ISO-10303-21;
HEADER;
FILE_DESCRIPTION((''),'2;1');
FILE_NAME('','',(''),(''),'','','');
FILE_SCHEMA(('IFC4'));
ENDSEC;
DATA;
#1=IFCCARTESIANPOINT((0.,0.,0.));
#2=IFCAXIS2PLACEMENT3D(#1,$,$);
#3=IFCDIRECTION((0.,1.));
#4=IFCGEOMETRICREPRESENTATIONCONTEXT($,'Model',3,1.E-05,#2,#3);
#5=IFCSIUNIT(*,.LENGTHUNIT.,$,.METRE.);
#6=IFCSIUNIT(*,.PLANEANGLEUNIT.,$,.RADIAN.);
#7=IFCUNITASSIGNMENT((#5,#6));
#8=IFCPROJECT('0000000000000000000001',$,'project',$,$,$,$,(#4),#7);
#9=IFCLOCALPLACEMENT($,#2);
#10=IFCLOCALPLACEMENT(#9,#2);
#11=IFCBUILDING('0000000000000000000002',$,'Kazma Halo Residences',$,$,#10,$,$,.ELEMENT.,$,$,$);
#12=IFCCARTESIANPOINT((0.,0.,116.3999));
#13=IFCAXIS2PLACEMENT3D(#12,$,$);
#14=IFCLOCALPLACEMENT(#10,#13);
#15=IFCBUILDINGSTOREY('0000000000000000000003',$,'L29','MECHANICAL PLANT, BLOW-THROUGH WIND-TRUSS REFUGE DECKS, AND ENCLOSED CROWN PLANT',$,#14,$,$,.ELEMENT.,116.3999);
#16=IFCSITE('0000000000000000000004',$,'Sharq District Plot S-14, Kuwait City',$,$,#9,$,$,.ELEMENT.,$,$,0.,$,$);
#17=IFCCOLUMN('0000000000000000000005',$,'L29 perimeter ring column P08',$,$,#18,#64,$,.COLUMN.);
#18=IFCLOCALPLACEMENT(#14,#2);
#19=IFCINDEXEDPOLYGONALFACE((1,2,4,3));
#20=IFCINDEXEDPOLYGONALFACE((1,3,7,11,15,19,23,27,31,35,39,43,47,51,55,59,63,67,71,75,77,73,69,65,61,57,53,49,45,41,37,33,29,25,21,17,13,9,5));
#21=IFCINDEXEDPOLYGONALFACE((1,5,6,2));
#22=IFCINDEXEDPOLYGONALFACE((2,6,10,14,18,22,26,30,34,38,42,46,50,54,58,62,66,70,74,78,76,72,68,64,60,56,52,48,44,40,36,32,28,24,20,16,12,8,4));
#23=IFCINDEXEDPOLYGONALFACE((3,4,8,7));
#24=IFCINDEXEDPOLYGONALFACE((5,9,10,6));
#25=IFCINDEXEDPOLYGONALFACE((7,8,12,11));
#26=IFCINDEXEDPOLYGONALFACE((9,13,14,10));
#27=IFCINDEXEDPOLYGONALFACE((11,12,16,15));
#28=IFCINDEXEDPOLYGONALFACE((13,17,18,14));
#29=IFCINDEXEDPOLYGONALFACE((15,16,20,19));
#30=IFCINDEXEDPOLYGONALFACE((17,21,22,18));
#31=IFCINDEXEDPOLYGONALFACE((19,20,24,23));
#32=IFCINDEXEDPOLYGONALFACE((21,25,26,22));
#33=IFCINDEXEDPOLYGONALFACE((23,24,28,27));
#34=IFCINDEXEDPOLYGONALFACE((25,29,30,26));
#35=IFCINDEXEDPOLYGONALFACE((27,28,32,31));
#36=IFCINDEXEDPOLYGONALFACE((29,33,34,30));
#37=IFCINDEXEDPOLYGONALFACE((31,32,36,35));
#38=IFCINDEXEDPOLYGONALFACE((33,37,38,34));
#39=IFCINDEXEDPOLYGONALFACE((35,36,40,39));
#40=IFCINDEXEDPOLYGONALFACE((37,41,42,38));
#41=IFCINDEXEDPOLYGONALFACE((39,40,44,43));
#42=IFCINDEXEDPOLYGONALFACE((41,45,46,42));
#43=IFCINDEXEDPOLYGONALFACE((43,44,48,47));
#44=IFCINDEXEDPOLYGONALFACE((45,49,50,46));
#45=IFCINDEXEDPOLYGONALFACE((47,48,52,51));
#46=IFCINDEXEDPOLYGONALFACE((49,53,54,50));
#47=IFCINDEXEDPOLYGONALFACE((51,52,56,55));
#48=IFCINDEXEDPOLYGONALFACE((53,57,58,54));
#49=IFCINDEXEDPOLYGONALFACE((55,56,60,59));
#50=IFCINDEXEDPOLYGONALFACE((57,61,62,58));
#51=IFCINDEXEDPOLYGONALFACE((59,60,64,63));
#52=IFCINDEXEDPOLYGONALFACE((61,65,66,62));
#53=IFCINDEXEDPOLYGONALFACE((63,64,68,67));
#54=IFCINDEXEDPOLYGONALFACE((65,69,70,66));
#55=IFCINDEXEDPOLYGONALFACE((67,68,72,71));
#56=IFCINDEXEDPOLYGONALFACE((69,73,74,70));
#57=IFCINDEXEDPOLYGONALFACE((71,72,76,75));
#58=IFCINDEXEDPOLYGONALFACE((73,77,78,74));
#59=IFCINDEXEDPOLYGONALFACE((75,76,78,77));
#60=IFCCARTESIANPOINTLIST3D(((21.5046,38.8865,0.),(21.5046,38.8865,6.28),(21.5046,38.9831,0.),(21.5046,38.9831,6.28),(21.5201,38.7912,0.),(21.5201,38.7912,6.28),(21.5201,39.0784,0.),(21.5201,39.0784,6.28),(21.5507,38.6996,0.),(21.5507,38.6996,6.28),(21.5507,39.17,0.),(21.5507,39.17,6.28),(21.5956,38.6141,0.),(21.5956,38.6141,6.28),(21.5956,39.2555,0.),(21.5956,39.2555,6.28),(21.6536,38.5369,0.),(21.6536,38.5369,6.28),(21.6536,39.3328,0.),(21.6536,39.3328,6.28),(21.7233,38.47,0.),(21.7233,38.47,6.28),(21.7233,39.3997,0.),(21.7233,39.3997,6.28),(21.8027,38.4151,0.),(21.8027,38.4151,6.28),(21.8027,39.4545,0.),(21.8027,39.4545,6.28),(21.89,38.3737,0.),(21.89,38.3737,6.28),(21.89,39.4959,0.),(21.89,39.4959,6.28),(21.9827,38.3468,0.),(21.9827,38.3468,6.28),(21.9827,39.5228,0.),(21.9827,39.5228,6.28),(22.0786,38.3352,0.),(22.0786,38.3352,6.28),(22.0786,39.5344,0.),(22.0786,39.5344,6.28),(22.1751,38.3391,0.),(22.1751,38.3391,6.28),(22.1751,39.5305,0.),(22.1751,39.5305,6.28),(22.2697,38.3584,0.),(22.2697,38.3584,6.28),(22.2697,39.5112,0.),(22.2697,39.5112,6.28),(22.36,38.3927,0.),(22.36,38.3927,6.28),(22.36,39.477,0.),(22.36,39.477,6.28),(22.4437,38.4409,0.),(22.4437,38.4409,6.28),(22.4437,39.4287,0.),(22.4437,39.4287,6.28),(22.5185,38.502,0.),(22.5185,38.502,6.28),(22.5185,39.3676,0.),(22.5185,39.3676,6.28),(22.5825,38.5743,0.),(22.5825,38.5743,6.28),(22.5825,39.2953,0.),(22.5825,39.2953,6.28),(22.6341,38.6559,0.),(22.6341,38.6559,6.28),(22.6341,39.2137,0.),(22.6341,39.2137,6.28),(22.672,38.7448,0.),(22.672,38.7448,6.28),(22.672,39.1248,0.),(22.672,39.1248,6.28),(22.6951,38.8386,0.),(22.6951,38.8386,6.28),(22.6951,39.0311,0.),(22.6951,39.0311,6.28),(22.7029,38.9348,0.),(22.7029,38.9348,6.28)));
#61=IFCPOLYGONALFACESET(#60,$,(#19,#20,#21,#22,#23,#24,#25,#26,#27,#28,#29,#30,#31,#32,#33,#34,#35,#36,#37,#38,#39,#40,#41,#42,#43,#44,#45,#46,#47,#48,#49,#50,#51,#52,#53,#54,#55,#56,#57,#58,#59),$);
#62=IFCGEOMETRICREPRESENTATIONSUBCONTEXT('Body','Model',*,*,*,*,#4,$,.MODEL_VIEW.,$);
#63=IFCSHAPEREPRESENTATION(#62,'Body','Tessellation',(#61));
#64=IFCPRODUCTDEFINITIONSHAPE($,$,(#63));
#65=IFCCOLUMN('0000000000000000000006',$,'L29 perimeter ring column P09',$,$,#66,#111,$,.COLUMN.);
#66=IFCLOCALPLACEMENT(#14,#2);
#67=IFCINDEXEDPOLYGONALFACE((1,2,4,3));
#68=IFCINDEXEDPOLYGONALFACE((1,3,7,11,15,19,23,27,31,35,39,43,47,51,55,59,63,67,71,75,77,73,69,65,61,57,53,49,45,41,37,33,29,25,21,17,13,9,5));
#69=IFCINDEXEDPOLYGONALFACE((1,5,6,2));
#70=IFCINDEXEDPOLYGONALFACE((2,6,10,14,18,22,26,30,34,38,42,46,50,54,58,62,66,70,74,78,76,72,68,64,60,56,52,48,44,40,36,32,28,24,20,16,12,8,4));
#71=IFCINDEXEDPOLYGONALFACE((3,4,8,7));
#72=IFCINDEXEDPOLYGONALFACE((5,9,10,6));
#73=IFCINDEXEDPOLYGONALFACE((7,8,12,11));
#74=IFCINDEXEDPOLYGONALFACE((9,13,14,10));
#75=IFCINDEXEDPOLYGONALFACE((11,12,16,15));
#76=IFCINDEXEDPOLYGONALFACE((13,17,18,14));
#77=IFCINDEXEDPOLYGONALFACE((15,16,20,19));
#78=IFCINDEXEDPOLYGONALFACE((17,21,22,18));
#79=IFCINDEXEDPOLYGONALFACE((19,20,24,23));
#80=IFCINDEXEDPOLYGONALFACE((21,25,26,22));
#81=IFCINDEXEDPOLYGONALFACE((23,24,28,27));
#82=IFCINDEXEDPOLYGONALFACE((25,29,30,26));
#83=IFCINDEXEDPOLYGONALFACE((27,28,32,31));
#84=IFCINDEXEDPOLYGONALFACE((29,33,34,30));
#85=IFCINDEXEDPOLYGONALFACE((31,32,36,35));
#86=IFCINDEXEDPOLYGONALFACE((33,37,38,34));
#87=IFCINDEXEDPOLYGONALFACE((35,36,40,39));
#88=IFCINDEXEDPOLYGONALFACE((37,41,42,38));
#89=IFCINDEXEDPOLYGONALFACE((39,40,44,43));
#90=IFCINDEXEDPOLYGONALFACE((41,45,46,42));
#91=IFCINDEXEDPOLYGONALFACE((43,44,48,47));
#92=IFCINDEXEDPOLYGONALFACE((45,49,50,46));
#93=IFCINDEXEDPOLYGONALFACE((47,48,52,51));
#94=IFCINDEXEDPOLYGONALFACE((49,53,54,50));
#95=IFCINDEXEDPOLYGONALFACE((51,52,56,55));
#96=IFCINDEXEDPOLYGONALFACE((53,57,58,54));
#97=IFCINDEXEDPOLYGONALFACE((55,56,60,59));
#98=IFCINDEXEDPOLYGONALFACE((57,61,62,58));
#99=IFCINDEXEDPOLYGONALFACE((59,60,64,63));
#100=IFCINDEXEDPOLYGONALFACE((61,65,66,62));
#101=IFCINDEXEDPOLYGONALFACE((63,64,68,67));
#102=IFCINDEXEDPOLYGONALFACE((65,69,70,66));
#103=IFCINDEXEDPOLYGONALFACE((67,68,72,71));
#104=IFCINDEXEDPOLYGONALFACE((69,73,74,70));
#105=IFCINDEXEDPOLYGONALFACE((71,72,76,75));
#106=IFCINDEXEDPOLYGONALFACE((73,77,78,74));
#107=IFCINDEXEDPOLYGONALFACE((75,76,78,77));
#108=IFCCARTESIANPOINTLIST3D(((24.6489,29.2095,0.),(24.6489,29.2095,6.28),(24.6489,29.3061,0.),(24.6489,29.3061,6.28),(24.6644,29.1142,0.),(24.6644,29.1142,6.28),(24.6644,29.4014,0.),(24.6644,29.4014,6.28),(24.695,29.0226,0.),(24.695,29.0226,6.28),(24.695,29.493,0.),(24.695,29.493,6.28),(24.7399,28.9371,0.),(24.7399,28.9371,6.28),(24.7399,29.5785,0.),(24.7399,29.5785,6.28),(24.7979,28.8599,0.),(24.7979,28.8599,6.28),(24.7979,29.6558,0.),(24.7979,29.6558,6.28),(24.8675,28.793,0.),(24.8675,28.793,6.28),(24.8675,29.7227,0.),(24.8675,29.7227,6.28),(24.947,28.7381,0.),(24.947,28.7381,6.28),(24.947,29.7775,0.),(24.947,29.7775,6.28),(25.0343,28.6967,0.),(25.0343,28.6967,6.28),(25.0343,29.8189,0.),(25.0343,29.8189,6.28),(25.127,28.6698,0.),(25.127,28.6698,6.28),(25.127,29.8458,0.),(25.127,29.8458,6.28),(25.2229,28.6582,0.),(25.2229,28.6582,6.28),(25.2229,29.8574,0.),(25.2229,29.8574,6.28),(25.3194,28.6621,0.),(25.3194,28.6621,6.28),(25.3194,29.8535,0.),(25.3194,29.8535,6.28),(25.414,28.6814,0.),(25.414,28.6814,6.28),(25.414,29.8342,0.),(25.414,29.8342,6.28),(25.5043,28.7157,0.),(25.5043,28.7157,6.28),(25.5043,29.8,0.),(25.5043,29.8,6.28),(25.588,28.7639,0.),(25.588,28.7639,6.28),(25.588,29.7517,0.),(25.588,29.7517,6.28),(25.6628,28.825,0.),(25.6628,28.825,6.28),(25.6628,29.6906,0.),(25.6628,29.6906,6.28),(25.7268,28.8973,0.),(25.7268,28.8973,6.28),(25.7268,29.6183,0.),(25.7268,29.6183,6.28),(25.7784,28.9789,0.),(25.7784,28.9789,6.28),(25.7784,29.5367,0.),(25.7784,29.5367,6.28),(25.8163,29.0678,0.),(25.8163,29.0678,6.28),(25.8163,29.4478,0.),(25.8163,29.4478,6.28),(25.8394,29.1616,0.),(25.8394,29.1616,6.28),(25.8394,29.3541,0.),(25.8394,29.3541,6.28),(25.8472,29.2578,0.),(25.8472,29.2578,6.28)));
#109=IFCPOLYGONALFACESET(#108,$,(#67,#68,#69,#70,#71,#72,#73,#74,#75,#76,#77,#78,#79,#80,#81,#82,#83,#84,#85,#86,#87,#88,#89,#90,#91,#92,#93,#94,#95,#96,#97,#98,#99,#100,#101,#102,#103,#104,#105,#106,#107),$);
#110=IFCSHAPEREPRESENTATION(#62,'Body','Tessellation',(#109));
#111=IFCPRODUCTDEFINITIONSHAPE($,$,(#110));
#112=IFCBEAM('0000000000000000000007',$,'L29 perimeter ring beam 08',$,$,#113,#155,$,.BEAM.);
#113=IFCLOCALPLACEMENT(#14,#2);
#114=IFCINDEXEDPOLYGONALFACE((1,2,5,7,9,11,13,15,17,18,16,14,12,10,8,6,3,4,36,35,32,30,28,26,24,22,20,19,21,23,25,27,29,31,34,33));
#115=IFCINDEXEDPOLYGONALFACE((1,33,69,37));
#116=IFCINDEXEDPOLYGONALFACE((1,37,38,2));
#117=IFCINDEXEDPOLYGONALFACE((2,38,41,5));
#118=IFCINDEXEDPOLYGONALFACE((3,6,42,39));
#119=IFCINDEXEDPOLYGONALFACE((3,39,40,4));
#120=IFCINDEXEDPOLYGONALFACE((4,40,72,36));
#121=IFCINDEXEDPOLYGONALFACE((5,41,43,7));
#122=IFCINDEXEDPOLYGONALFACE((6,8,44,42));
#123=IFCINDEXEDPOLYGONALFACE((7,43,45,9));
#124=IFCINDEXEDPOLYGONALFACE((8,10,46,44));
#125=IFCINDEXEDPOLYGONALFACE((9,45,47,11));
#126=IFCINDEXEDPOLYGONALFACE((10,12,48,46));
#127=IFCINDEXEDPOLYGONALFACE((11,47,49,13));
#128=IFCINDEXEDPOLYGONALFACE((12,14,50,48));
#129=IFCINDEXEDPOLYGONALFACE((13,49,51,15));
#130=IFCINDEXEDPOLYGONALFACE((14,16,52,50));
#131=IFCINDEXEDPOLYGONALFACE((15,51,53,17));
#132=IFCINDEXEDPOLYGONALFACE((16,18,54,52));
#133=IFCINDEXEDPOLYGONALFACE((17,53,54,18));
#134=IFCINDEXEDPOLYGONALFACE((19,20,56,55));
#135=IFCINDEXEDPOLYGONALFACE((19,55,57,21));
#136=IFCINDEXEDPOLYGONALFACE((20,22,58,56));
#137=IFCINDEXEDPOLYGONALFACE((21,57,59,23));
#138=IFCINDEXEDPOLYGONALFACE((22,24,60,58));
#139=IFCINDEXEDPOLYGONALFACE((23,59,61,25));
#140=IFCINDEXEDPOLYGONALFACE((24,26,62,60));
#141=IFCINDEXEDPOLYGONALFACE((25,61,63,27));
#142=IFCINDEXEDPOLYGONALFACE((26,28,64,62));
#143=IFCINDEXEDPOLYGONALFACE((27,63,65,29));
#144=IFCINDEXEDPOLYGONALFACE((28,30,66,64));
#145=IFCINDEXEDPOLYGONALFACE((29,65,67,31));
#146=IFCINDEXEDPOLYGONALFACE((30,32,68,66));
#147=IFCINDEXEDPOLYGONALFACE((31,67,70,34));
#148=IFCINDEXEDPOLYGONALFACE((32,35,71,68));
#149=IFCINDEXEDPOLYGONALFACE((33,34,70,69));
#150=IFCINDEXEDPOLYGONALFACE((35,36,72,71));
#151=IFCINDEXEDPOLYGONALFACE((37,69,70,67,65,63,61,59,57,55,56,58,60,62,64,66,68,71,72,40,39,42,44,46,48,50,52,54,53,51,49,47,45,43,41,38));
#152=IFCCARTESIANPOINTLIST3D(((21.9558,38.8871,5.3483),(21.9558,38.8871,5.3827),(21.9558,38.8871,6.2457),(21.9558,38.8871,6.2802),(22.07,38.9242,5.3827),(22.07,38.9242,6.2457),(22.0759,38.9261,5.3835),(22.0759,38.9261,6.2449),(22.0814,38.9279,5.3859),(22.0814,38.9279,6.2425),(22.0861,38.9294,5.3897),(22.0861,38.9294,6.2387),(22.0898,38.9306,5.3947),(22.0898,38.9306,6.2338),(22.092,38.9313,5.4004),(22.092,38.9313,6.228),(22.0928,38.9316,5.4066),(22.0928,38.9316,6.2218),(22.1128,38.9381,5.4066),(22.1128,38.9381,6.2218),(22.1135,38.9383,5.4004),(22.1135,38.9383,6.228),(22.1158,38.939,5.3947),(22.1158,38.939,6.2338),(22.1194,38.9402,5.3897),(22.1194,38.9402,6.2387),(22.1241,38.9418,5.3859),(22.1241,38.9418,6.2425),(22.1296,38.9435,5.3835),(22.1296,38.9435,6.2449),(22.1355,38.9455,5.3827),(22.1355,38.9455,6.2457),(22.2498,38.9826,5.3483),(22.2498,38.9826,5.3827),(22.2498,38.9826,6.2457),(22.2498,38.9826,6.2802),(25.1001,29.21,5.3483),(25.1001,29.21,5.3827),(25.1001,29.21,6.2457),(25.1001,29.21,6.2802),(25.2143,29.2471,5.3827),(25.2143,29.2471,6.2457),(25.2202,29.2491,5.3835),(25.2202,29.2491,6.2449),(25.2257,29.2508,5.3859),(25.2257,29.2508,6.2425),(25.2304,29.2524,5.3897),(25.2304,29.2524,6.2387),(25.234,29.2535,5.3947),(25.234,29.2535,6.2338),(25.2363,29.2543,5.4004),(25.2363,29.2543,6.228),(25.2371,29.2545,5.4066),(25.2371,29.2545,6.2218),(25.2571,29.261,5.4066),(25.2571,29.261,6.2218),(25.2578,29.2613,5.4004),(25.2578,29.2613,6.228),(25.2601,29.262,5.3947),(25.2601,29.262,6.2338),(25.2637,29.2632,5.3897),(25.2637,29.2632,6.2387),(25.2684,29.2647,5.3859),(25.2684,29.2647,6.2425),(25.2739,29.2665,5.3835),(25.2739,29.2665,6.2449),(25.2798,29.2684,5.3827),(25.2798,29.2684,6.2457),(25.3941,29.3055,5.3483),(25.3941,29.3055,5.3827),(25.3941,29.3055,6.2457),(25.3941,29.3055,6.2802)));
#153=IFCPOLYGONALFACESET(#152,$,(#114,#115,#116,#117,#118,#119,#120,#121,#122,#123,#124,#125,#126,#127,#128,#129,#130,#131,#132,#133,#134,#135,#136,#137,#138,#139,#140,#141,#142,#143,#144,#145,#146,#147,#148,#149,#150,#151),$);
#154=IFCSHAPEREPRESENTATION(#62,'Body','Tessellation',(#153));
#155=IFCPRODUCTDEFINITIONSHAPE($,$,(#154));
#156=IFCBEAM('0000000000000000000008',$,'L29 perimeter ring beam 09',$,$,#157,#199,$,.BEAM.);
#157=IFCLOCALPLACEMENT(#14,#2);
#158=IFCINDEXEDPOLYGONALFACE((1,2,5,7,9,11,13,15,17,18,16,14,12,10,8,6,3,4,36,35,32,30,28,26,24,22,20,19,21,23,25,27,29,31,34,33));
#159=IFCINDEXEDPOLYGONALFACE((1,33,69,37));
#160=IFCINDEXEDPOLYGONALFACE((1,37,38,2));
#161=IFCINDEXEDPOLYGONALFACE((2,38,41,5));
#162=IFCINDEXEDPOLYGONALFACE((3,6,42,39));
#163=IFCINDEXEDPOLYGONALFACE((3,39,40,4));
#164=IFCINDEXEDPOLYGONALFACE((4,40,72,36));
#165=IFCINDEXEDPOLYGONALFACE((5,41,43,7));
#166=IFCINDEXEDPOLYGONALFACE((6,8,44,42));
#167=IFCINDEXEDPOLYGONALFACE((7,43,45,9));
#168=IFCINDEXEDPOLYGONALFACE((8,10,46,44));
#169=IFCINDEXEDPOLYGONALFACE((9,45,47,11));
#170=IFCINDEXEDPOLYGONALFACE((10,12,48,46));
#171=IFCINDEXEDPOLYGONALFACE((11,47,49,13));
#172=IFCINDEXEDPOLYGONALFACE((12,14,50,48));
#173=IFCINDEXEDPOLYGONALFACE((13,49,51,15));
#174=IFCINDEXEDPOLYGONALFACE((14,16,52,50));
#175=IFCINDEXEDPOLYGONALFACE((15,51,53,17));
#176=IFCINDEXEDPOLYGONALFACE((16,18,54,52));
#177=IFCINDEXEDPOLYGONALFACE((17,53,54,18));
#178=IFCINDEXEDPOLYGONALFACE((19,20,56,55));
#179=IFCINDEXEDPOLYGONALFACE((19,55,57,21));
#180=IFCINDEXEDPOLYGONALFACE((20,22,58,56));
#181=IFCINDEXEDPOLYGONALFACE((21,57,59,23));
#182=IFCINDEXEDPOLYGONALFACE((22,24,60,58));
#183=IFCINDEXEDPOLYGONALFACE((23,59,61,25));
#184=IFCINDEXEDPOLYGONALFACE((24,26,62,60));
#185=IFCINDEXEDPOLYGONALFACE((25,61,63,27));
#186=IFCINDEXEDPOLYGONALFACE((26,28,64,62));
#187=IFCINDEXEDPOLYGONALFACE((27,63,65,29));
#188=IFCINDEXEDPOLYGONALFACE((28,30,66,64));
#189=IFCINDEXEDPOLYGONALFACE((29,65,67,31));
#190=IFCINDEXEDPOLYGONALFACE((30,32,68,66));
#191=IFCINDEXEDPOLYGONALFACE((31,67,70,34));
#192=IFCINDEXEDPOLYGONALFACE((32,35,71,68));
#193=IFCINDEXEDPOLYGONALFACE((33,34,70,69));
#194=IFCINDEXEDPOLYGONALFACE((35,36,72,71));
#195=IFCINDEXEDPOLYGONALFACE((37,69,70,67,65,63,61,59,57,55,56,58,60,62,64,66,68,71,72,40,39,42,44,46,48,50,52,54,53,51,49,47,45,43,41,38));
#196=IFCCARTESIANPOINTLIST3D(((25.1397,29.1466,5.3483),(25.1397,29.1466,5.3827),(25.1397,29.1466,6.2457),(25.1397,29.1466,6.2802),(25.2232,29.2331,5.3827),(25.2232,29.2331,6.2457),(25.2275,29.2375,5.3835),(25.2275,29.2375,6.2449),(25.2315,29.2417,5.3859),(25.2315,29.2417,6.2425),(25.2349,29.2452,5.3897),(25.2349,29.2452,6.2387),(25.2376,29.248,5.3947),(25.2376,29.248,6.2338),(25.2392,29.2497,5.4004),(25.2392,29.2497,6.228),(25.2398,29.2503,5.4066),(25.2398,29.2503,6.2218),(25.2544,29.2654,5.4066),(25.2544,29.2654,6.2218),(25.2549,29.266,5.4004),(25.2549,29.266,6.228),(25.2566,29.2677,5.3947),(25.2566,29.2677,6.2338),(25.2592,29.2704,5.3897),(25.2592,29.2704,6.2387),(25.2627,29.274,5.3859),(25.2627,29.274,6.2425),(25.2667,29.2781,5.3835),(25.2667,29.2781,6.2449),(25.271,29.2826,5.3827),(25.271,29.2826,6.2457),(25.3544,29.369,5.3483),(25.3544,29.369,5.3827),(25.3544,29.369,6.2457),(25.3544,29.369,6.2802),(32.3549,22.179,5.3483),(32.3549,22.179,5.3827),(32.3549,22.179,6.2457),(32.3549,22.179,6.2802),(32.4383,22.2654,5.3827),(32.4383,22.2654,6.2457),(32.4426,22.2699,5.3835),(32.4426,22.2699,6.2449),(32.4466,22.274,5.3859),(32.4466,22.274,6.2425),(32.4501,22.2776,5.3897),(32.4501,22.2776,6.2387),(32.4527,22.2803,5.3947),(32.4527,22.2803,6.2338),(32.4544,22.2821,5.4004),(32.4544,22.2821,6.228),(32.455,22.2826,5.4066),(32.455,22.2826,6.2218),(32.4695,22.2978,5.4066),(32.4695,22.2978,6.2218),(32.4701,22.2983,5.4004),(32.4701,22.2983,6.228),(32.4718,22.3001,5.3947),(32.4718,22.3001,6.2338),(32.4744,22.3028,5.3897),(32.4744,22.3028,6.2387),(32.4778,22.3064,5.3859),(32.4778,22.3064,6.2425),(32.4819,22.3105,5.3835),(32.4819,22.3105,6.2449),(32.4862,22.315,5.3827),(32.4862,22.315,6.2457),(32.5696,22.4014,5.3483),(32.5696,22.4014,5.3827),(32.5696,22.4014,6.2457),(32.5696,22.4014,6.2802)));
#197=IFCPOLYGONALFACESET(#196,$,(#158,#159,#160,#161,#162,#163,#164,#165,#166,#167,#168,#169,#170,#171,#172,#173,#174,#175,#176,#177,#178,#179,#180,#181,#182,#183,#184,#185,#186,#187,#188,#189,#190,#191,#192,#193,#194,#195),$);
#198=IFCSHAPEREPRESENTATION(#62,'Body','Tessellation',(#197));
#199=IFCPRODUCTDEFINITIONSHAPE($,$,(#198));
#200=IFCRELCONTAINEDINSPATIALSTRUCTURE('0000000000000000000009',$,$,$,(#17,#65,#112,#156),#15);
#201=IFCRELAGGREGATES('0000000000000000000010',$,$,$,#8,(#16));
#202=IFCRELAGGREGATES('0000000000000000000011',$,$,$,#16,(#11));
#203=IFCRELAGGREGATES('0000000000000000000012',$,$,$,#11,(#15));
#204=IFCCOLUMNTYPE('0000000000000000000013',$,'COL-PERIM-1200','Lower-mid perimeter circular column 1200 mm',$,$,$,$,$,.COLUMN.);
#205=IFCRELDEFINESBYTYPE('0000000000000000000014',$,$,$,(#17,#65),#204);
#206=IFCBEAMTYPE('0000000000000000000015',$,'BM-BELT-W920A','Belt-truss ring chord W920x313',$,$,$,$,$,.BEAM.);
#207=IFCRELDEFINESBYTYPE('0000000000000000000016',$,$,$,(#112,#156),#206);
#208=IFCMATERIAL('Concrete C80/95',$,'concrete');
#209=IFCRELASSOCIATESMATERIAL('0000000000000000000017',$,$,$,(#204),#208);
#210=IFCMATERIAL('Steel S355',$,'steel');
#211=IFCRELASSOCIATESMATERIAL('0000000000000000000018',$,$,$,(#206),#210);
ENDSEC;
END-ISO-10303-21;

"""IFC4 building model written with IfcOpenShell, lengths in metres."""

from ifc_helpers import new_model, si_unit, direction, frame, origin, origin_2d, place, context, subcontext, project, spatial, circle, i_section, extrude, material, material_profile, profile_set, type_object, element, save


model = new_model("IFC4")

# Units and contexts
model_context = context("Model", 3, precision=1e-05, world=origin(), true_north=direction((0.0, 1.0)))
body_context = subcontext(model_context, "Body", "Model", "MODEL_VIEW")
ifc_project = project(units=[si_unit("LENGTHUNIT", "METRE"), si_unit("PLANEANGLEUNIT", "RADIAN")], contexts=[model_context])

# Site, building, storey
site_placement = place(None, origin())
site = spatial("IfcSite", under=ifc_project, at=site_placement, Name="Sharq District Plot S-14, Kuwait City", CompositionType="ELEMENT", RefElevation=0.0)
building_placement = place(site_placement, origin())
building = spatial("IfcBuilding", under=site, at=building_placement, Name="Kazma Halo Residences", CompositionType="ELEMENT")
storey_placement = place(building_placement, frame((0.0, 0.0, 116.3999)))
storey = spatial("IfcBuildingStorey", under=building, at=storey_placement, Name="L29", Description="MECHANICAL PLANT, BLOW-THROUGH WIND-TRUSS REFUGE DECKS, AND ENCLOSED CROWN PLANT", CompositionType="ELEMENT", Elevation=116.3999)

# Columns
ifc_material_1 = material(Name="Concrete C80/95", Category="concrete")
ifc_material_profile_1 = material_profile(ifc_material_1, circle(Radius=0.6001, at=origin_2d()), Name="CIRC1200")
ifc_profile_set_1 = profile_set([ifc_material_profile_1], Name="Concrete C80/95")
column_type = type_object("IfcColumnType", Name="COL-PERIM-1200", Description="Lower-mid perimeter circular column 1200 mm", PredefinedType="COLUMN", material=ifc_profile_set_1)
for number, where, z_axis, x_axis, name in (
    (1, (22.1028, 38.9348, 0.0), (0.0, 0.0, 1.0), (1.0, 0.0, 0.0), "L29 perimeter ring column P08"),
    (2, (25.2471, 29.2578, 0.0), (0.0, 0.0, 1.0), (1.0, 0.0, 0.0), "L29 perimeter ring column P09"),
):
    element("IfcColumn", number, at=place(storey_placement, frame(where, z_axis=z_axis, x_axis=x_axis)), inside=storey, type_object=column_type, Name=name, PredefinedType="COLUMN", context=body_context, shape_type="SweptSolid", body=[
        extrude(circle(Radius=0.6001, at=origin_2d()), origin(), (0.0, 0.0, 1.0), 6.28),
    ])

# Beams
ifc_material_2 = material(Name="Steel S355", Category="steel")
ifc_material_profile_2 = material_profile(ifc_material_2, i_section(OverallWidth=0.3091, OverallDepth=0.9319, WebThickness=0.021, FlangeThickness=0.0344, FilletRadius=0.0239, at=origin_2d()), Name="W920x313")
ifc_profile_set_2 = profile_set([ifc_material_profile_2], Name="Steel S355")
beam_type_1 = type_object("IfcBeamType", Name="BM-BELT-W920A", Description="Belt-truss ring chord W920x313", PredefinedType="BEAM", material=ifc_profile_set_2)
beam_1_placement = place(storey_placement, frame((22.1028, 38.9348, 5.8142), z_axis=(0.30902, -0.951055, 0.0), x_axis=(0.951055, 0.30902, 0.0)))
element("IfcBeam", 3, at=beam_1_placement, inside=storey, type_object=beam_type_1, Name="L29 perimeter ring beam 08", PredefinedType="BEAM", context=body_context, shape_type="SweptSolid", body=[
    extrude(i_section(OverallWidth=0.3091, OverallDepth=0.9319, WebThickness=0.021, FlangeThickness=0.0344, FilletRadius=0.0239, at=origin_2d()), origin(), (0.0, 0.0, 1.0), 10.175),
])
beam_2_placement = place(storey_placement, frame((25.2471, 29.2578, 5.8142), z_axis=(0.71934, -0.694658, 0.0), x_axis=(0.694658, 0.71934, 0.0)))
element("IfcBeam", 4, at=beam_2_placement, inside=storey, type_object=beam_type_1, Name="L29 perimeter ring beam 09", PredefinedType="BEAM", context=body_context, shape_type="SweptSolid", body=[
    extrude(i_section(OverallWidth=0.3091, OverallDepth=0.9319, WebThickness=0.021, FlangeThickness=0.0344, FilletRadius=0.0239, at=origin_2d()), origin(), (0.0, 0.0, 1.0), 10.0303),
])

save(model, "model.ifc")
